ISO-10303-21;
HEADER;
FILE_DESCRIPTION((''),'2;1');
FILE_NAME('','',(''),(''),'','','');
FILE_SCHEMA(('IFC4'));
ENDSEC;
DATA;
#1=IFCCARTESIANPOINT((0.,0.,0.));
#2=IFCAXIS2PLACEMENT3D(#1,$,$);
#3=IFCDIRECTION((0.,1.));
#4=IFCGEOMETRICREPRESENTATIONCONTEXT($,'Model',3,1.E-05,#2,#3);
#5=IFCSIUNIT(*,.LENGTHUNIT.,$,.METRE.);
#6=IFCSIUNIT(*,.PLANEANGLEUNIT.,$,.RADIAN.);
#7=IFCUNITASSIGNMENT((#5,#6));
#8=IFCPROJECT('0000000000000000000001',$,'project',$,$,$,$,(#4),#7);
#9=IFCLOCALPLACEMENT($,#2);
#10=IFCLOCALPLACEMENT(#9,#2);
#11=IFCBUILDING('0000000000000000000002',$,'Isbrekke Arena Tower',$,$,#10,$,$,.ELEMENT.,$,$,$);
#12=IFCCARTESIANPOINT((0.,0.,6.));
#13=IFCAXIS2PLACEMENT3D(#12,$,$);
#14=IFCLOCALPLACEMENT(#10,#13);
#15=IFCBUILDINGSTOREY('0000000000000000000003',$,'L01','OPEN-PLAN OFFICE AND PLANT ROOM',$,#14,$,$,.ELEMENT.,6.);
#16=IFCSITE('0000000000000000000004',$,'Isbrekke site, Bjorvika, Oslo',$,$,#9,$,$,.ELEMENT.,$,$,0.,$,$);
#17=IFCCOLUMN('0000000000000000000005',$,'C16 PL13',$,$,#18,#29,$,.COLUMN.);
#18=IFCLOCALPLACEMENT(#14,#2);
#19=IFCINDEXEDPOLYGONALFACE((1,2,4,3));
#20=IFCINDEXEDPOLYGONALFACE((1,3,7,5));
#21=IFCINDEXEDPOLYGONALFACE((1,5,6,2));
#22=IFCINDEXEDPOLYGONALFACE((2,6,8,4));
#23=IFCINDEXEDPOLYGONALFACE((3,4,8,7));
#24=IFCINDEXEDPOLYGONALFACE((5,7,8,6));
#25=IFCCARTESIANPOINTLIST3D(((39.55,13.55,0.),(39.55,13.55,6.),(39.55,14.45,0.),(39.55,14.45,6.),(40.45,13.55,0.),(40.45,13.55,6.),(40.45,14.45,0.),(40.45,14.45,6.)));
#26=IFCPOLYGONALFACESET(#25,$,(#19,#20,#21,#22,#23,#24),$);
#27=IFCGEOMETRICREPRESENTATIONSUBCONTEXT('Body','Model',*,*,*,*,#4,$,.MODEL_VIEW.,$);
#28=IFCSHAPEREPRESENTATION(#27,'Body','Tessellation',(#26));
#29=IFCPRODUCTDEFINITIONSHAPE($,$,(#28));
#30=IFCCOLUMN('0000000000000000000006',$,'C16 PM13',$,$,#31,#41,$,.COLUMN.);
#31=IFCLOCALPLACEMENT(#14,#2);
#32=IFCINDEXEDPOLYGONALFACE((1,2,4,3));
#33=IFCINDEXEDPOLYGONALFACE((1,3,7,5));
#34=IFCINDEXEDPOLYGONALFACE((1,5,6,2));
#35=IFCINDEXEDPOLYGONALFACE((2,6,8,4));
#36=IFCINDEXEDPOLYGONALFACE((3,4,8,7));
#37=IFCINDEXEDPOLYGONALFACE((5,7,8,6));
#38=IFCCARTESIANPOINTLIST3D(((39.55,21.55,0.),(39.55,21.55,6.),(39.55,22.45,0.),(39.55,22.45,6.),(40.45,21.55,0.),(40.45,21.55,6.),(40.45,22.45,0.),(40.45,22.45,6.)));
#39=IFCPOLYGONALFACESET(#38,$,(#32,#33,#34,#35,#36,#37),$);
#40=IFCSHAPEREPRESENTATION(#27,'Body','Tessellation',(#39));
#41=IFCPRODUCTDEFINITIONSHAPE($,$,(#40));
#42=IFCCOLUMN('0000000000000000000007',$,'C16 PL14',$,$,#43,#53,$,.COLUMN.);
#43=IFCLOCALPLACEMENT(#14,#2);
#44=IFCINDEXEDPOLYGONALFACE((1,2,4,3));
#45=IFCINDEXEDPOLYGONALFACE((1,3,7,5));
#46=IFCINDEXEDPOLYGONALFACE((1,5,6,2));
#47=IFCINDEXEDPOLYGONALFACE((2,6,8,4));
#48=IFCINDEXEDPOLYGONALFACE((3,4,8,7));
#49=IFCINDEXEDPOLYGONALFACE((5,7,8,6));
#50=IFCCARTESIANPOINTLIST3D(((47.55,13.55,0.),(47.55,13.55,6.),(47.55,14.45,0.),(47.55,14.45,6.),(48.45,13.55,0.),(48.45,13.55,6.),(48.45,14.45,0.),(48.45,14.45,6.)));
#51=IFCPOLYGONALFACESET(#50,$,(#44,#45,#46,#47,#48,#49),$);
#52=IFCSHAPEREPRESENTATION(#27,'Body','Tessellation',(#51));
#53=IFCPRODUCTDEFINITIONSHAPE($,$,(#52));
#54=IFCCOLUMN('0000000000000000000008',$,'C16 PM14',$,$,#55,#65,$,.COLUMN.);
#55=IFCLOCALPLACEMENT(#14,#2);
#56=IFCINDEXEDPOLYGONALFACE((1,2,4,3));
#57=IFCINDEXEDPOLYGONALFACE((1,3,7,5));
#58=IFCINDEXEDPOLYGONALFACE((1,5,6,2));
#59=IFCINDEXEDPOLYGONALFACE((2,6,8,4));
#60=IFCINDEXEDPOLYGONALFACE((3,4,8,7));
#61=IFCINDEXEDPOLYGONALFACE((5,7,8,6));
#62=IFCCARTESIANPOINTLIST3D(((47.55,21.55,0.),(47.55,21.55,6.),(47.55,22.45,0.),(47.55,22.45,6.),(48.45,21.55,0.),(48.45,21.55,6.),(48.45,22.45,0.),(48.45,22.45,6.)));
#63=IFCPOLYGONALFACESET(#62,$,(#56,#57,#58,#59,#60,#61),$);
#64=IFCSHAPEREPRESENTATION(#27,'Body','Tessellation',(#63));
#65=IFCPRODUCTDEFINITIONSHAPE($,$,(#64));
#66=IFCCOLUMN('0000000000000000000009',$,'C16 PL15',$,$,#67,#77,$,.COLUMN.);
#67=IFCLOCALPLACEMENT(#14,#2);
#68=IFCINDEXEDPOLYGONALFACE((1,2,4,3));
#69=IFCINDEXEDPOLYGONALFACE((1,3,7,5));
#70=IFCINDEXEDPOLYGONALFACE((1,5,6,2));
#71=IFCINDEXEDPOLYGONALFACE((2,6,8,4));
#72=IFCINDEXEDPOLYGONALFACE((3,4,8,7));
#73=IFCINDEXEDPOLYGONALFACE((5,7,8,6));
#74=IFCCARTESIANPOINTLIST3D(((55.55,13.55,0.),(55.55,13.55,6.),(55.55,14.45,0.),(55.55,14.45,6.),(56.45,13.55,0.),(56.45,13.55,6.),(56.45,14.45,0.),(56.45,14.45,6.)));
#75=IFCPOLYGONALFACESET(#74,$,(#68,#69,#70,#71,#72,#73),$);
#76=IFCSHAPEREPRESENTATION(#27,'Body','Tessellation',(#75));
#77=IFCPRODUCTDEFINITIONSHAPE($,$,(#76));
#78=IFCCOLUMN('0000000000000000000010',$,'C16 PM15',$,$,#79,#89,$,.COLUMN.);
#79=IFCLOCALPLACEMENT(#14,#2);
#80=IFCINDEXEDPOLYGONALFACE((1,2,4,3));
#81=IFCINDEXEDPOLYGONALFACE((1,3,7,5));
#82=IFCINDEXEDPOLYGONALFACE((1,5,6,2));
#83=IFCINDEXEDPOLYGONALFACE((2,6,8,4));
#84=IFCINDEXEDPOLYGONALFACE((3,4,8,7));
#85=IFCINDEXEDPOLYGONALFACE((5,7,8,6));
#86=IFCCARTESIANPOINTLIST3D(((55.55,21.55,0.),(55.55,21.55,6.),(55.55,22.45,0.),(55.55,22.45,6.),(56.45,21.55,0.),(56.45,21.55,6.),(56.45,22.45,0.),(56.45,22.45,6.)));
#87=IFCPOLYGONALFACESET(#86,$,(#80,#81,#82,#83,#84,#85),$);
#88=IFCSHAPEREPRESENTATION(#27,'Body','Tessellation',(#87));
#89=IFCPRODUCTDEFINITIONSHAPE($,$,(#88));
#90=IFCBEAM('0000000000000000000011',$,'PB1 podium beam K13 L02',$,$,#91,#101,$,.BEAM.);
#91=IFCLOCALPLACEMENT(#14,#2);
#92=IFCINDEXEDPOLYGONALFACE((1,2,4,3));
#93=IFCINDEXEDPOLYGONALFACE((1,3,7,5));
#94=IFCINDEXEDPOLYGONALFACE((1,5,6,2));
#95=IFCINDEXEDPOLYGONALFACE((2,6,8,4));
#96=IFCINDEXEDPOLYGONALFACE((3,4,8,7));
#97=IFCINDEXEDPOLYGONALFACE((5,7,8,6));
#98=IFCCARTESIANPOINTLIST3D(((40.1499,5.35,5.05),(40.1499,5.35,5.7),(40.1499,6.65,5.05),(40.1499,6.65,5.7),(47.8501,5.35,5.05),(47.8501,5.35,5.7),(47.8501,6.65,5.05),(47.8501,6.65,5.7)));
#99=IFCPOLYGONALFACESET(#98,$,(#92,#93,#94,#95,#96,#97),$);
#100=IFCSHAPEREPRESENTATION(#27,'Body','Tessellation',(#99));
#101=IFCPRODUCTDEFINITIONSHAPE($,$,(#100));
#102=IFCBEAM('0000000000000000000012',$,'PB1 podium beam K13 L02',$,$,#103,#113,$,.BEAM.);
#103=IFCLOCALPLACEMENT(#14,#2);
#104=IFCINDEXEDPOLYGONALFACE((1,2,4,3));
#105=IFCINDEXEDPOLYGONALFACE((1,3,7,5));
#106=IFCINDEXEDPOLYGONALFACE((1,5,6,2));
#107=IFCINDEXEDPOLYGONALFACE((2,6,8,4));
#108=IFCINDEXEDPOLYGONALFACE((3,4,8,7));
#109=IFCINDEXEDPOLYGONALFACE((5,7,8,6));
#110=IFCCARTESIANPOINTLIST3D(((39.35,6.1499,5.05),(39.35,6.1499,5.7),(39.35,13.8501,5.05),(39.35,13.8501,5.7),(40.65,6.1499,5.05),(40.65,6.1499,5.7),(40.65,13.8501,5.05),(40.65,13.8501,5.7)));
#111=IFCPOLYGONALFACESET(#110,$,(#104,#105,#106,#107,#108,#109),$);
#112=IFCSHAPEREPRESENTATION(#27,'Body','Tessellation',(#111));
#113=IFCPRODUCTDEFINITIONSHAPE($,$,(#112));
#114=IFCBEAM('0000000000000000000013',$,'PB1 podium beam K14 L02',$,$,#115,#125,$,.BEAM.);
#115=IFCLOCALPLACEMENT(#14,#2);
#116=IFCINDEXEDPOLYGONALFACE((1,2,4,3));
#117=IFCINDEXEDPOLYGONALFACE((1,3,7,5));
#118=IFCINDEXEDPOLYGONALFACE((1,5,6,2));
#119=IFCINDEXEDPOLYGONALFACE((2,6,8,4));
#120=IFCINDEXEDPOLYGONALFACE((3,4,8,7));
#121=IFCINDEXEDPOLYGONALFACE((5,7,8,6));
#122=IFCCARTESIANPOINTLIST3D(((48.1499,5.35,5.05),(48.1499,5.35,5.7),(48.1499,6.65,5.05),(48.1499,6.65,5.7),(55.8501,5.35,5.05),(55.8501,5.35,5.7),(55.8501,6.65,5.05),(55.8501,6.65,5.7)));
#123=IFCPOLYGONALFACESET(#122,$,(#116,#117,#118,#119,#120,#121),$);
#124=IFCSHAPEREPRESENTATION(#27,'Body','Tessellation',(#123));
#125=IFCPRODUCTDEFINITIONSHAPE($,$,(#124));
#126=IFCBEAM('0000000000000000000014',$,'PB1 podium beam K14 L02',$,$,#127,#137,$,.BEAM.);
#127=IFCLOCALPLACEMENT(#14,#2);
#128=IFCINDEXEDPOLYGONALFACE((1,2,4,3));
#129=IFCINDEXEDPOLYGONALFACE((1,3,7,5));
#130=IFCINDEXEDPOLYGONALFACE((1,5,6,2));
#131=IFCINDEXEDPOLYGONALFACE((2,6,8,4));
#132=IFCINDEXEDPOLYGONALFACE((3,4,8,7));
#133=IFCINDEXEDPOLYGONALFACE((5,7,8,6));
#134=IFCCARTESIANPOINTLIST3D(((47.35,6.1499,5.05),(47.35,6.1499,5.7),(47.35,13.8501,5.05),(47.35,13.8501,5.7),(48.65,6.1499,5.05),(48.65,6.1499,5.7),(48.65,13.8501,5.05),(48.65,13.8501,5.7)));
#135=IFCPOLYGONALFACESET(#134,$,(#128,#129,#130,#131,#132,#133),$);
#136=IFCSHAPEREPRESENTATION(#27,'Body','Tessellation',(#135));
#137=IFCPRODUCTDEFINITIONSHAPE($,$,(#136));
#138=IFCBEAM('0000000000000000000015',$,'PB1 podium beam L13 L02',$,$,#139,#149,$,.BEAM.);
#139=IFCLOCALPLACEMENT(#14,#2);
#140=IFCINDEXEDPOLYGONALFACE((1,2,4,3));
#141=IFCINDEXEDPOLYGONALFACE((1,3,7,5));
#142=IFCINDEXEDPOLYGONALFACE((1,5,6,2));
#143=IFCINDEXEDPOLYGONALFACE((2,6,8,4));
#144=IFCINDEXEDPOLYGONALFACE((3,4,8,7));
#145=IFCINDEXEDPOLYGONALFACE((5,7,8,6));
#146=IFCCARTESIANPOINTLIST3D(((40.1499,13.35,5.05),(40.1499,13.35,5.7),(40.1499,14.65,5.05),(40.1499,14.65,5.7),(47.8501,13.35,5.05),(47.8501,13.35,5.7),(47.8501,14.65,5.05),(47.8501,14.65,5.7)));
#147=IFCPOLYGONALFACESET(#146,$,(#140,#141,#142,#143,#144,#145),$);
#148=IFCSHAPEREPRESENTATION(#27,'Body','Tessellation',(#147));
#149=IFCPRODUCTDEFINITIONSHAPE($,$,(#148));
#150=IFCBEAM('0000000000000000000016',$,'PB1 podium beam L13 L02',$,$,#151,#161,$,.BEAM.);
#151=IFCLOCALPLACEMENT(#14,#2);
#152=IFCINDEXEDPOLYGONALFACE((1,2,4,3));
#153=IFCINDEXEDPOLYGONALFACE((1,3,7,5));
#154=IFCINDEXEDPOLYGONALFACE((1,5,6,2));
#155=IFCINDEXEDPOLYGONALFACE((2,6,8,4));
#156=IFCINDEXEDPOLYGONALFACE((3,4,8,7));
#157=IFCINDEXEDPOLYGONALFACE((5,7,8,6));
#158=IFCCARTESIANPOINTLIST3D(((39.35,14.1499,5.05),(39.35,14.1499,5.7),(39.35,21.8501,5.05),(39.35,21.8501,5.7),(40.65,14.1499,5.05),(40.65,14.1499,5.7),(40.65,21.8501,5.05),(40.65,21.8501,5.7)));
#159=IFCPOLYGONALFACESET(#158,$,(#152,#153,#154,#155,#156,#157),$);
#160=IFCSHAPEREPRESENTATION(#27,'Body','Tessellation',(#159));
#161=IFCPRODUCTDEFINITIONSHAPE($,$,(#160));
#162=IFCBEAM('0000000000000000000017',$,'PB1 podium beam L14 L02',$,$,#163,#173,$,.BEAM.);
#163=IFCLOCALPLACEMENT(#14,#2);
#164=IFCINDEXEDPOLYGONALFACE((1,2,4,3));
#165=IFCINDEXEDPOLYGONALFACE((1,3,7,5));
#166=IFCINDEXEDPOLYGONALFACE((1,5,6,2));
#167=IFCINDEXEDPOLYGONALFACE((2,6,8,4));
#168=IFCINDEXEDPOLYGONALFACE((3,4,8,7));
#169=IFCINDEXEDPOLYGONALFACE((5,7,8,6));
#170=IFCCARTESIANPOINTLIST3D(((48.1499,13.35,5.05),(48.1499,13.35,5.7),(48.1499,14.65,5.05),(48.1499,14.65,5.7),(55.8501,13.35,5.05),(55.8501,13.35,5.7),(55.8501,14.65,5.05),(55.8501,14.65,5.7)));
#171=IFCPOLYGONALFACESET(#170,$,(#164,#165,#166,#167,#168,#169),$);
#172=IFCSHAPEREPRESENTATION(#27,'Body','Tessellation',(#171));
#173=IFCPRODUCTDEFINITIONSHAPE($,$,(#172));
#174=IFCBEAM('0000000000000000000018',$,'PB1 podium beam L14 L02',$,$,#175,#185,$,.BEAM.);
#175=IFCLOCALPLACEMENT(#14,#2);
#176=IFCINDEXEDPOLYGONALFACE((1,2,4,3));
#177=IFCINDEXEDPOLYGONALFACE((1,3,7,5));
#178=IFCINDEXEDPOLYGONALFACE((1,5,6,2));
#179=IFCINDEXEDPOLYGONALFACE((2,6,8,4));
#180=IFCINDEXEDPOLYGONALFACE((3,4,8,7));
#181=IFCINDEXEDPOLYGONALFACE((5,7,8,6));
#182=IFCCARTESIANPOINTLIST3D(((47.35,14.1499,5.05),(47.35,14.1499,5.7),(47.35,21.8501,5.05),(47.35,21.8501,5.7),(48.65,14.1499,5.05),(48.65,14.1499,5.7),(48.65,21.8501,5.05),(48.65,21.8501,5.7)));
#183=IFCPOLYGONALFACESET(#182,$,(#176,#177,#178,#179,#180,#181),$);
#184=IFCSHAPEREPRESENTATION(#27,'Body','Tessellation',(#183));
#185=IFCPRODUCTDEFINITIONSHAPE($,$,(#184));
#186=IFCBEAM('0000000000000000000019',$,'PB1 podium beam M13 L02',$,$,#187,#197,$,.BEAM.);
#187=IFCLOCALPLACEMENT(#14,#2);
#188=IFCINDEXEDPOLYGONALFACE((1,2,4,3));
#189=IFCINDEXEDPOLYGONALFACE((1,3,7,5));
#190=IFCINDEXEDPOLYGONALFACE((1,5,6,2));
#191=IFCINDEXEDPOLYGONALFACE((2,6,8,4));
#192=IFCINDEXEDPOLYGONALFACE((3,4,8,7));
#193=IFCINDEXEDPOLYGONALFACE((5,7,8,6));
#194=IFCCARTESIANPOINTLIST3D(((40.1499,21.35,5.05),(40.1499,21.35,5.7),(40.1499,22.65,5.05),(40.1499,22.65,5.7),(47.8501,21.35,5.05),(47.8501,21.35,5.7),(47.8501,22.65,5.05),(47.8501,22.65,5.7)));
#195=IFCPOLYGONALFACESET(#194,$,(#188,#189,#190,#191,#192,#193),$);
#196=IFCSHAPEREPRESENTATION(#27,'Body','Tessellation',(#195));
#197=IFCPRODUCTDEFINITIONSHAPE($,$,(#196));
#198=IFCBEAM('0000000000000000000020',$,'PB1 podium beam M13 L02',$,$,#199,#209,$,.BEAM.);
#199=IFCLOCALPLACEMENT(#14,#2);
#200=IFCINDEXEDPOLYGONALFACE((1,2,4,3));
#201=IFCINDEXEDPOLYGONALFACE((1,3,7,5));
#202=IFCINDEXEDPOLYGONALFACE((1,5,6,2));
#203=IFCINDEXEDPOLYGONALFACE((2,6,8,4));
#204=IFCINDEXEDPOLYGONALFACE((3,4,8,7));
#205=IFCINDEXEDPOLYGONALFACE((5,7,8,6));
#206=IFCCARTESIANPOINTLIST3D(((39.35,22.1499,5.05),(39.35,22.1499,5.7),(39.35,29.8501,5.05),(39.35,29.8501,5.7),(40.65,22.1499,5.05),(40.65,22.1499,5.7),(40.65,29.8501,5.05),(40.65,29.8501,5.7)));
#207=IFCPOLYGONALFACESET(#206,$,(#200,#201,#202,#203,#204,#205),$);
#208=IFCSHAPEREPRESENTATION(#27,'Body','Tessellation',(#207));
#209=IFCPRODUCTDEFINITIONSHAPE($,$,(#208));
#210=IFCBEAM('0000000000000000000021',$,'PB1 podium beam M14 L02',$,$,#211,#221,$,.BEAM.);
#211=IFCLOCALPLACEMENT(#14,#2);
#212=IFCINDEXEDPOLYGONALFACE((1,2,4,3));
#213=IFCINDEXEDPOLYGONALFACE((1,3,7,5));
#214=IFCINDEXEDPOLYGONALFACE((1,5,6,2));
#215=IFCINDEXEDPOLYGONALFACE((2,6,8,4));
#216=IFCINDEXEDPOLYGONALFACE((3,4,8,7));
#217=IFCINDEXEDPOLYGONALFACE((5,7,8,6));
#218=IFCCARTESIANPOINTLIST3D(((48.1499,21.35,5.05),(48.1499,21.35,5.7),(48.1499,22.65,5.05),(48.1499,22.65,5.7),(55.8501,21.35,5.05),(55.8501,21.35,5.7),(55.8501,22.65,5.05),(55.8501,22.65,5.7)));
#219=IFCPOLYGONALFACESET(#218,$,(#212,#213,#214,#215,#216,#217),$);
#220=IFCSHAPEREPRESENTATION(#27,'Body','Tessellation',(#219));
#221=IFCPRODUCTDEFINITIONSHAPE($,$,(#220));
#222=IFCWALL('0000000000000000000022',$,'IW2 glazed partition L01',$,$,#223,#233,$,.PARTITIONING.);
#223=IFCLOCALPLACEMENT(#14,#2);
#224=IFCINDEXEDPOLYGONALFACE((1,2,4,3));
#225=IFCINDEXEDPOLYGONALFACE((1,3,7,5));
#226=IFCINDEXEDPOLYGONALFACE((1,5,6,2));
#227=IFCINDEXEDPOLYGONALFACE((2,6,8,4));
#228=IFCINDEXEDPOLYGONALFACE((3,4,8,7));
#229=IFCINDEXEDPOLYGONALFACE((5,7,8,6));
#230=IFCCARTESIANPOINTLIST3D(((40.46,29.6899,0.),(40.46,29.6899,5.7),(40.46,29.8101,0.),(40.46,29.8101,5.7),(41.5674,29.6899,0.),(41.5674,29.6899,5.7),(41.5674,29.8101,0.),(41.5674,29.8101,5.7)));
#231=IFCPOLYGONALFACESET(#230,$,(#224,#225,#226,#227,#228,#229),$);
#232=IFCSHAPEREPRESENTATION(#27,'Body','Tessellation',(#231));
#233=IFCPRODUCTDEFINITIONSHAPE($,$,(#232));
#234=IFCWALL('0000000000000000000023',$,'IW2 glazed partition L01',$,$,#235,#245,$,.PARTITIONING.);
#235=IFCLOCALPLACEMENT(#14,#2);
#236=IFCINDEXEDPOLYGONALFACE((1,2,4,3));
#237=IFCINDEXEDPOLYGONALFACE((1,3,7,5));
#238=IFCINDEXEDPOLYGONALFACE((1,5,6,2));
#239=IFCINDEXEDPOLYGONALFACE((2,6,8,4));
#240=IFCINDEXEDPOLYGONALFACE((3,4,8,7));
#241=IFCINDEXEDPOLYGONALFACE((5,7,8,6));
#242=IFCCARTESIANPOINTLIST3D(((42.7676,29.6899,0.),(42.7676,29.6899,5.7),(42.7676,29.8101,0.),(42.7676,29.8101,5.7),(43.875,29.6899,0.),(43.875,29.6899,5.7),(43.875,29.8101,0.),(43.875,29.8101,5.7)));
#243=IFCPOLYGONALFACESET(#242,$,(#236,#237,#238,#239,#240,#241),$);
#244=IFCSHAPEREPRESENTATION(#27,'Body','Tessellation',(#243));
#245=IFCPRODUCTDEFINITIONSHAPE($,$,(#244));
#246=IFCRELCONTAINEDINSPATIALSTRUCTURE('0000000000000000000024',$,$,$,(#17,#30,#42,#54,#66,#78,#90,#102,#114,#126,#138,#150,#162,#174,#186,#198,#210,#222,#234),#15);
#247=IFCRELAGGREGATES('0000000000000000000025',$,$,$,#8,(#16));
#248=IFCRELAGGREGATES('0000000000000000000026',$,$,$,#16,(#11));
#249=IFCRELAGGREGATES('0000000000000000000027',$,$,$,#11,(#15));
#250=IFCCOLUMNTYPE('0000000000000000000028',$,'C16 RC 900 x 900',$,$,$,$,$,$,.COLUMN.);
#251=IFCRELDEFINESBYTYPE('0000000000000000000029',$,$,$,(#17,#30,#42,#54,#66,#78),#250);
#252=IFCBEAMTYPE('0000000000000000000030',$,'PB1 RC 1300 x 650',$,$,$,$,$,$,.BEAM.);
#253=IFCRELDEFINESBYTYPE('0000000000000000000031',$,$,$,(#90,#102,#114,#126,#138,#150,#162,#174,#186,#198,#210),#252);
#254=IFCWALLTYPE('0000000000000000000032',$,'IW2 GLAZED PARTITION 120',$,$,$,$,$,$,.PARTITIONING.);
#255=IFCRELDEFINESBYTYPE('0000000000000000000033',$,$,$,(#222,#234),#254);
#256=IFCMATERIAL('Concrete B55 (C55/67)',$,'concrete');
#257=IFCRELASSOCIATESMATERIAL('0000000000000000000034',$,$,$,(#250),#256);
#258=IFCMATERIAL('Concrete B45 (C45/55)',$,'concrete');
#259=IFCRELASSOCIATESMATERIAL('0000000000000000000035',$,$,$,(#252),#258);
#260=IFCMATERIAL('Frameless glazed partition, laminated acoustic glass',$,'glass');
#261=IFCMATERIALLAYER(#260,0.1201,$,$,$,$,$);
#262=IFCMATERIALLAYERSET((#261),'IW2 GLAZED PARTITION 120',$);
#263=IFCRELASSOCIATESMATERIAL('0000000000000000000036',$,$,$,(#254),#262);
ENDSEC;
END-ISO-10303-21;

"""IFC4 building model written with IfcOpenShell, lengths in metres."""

from ifc_helpers import new_model, si_unit, direction, frame, frame_2d, origin, origin_2d, place, context, subcontext, project, spatial, rectangle, extrude, material, layer, layer_set, material_profile, profile_set, type_object, element, save


model = new_model("IFC4")

# Units and contexts
model_context = context("Model", 3, precision=1e-05, world=origin(), true_north=direction((0.0, 1.0)))
body_context = subcontext(model_context, "Body", "Model", "MODEL_VIEW")
ifc_project = project(units=[si_unit("LENGTHUNIT", "METRE"), si_unit("PLANEANGLEUNIT", "RADIAN")], contexts=[model_context])

# Site, building, storey
site_placement = place(None, origin())
site = spatial("IfcSite", under=ifc_project, at=site_placement, Name="Isbrekke site, Bjorvika, Oslo", CompositionType="ELEMENT", RefElevation=0.0)
building_placement = place(site_placement, origin())
building = spatial("IfcBuilding", under=site, at=building_placement, Name="Isbrekke Arena Tower", CompositionType="ELEMENT")
storey_placement = place(building_placement, frame((0.0, 0.0, 6.0)))
storey = spatial("IfcBuildingStorey", under=building, at=storey_placement, Name="L01", Description="OPEN-PLAN OFFICE AND PLANT ROOM", CompositionType="ELEMENT", Elevation=6.0)

# Columns
ifc_material_1 = material(Name="Concrete B55 (C55/67)", Category="concrete")
ifc_material_profile_1 = material_profile(ifc_material_1, rectangle(XDim=0.8999, YDim=0.8999, at=origin_2d()), Name="RC 900x900")
ifc_profile_set_1 = profile_set([ifc_material_profile_1], Name="Concrete B55 (C55/67)")
column_type = type_object("IfcColumnType", Name="C16 RC 900 x 900", PredefinedType="COLUMN", material=ifc_profile_set_1)
for number, where, z_axis, x_axis, name in (
    (1, (40.0, 14.0, 0.0), (0.0, 0.0, 1.0), (1.0, 0.0, 0.0), "C16 PL13"),
    (2, (40.0, 22.0, 0.0), (0.0, 0.0, 1.0), (1.0, 0.0, 0.0), "C16 PM13"),
    (3, (48.0, 14.0, 0.0), (0.0, 0.0, 1.0), (1.0, 0.0, 0.0), "C16 PL14"),
    (4, (48.0, 22.0, 0.0), (0.0, 0.0, 1.0), (1.0, 0.0, 0.0), "C16 PM14"),
    (5, (56.0, 14.0, 0.0), (0.0, 0.0, 1.0), (1.0, 0.0, 0.0), "C16 PL15"),
    (6, (56.0, 22.0, 0.0), (0.0, 0.0, 1.0), (1.0, 0.0, 0.0), "C16 PM15"),
):
    element("IfcColumn", number, at=place(storey_placement, frame(where, z_axis=z_axis, x_axis=x_axis)), inside=storey, type_object=column_type, Name=name, PredefinedType="COLUMN", context=body_context, shape_type="SweptSolid", body=[
        extrude(rectangle(XDim=0.8999, YDim=0.8999, at=origin_2d()), origin(), (0.0, 0.0, 1.0), 6.0),
    ])

# Beams
ifc_material_2 = material(Name="Concrete B45 (C45/55)", Category="concrete")
ifc_material_profile_2 = material_profile(ifc_material_2, rectangle(XDim=1.3, YDim=0.6499, at=origin_2d()), Name="RC 1300x650")
ifc_profile_set_2 = profile_set([ifc_material_profile_2], Name="Concrete B45 (C45/55)")
beam_type = type_object("IfcBeamType", Name="PB1 RC 1300 x 650", PredefinedType="BEAM", material=ifc_profile_set_2)
for number, where, z_axis, x_axis, name in (
    (7, (40.1499, 6.0, 5.375), (1.0, 0.0, 0.0), (0.0, 1.0, 0.0), "PB1 podium beam K13 L02"),
    (8, (40.0, 6.1499, 5.375), (0.0, 1.0, 0.0), (-1.0, 0.0, 0.0), "PB1 podium beam K13 L02"),
    (9, (48.1499, 6.0, 5.375), (1.0, 0.0, 0.0), (0.0, 1.0, 0.0), "PB1 podium beam K14 L02"),
    (10, (48.0, 6.1499, 5.375), (0.0, 1.0, 0.0), (-1.0, 0.0, 0.0), "PB1 podium beam K14 L02"),
    (11, (40.1499, 14.0, 5.375), (1.0, 0.0, 0.0), (0.0, 1.0, 0.0), "PB1 podium beam L13 L02"),
    (12, (40.0, 14.1499, 5.375), (0.0, 1.0, 0.0), (-1.0, 0.0, 0.0), "PB1 podium beam L13 L02"),
    (13, (48.1499, 14.0, 5.375), (1.0, 0.0, 0.0), (0.0, 1.0, 0.0), "PB1 podium beam L14 L02"),
    (14, (48.0, 14.1499, 5.375), (0.0, 1.0, 0.0), (-1.0, 0.0, 0.0), "PB1 podium beam L14 L02"),
    (15, (40.1499, 22.0, 5.375), (1.0, 0.0, 0.0), (0.0, 1.0, 0.0), "PB1 podium beam M13 L02"),
    (16, (40.0, 22.1499, 5.375), (0.0, 1.0, 0.0), (-1.0, 0.0, 0.0), "PB1 podium beam M13 L02"),
    (17, (48.1499, 22.0, 5.375), (1.0, 0.0, 0.0), (0.0, 1.0, 0.0), "PB1 podium beam M14 L02"),
):
    element("IfcBeam", number, at=place(storey_placement, frame(where, z_axis=z_axis, x_axis=x_axis)), inside=storey, type_object=beam_type, Name=name, PredefinedType="BEAM", context=body_context, shape_type="SweptSolid", body=[
        extrude(rectangle(XDim=1.3, YDim=0.6499, at=origin_2d()), origin(), (0.0, 0.0, 1.0), 7.7002),
    ])

# Walls
ifc_material_3 = material(Name="Frameless glazed partition, laminated acoustic glass", Category="glass")
ifc_layer = layer(ifc_material_3, 0.1201)
ifc_layer_set = layer_set([ifc_layer], Name="IW2 GLAZED PARTITION 120")
wall_type = type_object("IfcWallType", Name="IW2 GLAZED PARTITION 120", PredefinedType="PARTITIONING", material=ifc_layer_set)
for number, where, z_axis, x_axis, name in (
    (18, (40.46, 29.75, 0.0), (0.0, 0.0, 1.0), (1.0, 0.0, 0.0), "IW2 glazed partition L01"),
    (19, (42.7676, 29.75, 0.0), (0.0, 0.0, 1.0), (1.0, 0.0, 0.0), "IW2 glazed partition L01"),
):
    element("IfcWall", number, at=place(storey_placement, frame(where, z_axis=z_axis, x_axis=x_axis)), inside=storey, type_object=wall_type, Name=name, PredefinedType="PARTITIONING", context=body_context, shape_type="SweptSolid", body=[
        extrude(rectangle(XDim=1.1074, YDim=0.1201, at=frame_2d((0.5537, 0.0))), origin(), (0.0, 0.0, 1.0), 5.7),
    ])

save(model, "model.ifc")
